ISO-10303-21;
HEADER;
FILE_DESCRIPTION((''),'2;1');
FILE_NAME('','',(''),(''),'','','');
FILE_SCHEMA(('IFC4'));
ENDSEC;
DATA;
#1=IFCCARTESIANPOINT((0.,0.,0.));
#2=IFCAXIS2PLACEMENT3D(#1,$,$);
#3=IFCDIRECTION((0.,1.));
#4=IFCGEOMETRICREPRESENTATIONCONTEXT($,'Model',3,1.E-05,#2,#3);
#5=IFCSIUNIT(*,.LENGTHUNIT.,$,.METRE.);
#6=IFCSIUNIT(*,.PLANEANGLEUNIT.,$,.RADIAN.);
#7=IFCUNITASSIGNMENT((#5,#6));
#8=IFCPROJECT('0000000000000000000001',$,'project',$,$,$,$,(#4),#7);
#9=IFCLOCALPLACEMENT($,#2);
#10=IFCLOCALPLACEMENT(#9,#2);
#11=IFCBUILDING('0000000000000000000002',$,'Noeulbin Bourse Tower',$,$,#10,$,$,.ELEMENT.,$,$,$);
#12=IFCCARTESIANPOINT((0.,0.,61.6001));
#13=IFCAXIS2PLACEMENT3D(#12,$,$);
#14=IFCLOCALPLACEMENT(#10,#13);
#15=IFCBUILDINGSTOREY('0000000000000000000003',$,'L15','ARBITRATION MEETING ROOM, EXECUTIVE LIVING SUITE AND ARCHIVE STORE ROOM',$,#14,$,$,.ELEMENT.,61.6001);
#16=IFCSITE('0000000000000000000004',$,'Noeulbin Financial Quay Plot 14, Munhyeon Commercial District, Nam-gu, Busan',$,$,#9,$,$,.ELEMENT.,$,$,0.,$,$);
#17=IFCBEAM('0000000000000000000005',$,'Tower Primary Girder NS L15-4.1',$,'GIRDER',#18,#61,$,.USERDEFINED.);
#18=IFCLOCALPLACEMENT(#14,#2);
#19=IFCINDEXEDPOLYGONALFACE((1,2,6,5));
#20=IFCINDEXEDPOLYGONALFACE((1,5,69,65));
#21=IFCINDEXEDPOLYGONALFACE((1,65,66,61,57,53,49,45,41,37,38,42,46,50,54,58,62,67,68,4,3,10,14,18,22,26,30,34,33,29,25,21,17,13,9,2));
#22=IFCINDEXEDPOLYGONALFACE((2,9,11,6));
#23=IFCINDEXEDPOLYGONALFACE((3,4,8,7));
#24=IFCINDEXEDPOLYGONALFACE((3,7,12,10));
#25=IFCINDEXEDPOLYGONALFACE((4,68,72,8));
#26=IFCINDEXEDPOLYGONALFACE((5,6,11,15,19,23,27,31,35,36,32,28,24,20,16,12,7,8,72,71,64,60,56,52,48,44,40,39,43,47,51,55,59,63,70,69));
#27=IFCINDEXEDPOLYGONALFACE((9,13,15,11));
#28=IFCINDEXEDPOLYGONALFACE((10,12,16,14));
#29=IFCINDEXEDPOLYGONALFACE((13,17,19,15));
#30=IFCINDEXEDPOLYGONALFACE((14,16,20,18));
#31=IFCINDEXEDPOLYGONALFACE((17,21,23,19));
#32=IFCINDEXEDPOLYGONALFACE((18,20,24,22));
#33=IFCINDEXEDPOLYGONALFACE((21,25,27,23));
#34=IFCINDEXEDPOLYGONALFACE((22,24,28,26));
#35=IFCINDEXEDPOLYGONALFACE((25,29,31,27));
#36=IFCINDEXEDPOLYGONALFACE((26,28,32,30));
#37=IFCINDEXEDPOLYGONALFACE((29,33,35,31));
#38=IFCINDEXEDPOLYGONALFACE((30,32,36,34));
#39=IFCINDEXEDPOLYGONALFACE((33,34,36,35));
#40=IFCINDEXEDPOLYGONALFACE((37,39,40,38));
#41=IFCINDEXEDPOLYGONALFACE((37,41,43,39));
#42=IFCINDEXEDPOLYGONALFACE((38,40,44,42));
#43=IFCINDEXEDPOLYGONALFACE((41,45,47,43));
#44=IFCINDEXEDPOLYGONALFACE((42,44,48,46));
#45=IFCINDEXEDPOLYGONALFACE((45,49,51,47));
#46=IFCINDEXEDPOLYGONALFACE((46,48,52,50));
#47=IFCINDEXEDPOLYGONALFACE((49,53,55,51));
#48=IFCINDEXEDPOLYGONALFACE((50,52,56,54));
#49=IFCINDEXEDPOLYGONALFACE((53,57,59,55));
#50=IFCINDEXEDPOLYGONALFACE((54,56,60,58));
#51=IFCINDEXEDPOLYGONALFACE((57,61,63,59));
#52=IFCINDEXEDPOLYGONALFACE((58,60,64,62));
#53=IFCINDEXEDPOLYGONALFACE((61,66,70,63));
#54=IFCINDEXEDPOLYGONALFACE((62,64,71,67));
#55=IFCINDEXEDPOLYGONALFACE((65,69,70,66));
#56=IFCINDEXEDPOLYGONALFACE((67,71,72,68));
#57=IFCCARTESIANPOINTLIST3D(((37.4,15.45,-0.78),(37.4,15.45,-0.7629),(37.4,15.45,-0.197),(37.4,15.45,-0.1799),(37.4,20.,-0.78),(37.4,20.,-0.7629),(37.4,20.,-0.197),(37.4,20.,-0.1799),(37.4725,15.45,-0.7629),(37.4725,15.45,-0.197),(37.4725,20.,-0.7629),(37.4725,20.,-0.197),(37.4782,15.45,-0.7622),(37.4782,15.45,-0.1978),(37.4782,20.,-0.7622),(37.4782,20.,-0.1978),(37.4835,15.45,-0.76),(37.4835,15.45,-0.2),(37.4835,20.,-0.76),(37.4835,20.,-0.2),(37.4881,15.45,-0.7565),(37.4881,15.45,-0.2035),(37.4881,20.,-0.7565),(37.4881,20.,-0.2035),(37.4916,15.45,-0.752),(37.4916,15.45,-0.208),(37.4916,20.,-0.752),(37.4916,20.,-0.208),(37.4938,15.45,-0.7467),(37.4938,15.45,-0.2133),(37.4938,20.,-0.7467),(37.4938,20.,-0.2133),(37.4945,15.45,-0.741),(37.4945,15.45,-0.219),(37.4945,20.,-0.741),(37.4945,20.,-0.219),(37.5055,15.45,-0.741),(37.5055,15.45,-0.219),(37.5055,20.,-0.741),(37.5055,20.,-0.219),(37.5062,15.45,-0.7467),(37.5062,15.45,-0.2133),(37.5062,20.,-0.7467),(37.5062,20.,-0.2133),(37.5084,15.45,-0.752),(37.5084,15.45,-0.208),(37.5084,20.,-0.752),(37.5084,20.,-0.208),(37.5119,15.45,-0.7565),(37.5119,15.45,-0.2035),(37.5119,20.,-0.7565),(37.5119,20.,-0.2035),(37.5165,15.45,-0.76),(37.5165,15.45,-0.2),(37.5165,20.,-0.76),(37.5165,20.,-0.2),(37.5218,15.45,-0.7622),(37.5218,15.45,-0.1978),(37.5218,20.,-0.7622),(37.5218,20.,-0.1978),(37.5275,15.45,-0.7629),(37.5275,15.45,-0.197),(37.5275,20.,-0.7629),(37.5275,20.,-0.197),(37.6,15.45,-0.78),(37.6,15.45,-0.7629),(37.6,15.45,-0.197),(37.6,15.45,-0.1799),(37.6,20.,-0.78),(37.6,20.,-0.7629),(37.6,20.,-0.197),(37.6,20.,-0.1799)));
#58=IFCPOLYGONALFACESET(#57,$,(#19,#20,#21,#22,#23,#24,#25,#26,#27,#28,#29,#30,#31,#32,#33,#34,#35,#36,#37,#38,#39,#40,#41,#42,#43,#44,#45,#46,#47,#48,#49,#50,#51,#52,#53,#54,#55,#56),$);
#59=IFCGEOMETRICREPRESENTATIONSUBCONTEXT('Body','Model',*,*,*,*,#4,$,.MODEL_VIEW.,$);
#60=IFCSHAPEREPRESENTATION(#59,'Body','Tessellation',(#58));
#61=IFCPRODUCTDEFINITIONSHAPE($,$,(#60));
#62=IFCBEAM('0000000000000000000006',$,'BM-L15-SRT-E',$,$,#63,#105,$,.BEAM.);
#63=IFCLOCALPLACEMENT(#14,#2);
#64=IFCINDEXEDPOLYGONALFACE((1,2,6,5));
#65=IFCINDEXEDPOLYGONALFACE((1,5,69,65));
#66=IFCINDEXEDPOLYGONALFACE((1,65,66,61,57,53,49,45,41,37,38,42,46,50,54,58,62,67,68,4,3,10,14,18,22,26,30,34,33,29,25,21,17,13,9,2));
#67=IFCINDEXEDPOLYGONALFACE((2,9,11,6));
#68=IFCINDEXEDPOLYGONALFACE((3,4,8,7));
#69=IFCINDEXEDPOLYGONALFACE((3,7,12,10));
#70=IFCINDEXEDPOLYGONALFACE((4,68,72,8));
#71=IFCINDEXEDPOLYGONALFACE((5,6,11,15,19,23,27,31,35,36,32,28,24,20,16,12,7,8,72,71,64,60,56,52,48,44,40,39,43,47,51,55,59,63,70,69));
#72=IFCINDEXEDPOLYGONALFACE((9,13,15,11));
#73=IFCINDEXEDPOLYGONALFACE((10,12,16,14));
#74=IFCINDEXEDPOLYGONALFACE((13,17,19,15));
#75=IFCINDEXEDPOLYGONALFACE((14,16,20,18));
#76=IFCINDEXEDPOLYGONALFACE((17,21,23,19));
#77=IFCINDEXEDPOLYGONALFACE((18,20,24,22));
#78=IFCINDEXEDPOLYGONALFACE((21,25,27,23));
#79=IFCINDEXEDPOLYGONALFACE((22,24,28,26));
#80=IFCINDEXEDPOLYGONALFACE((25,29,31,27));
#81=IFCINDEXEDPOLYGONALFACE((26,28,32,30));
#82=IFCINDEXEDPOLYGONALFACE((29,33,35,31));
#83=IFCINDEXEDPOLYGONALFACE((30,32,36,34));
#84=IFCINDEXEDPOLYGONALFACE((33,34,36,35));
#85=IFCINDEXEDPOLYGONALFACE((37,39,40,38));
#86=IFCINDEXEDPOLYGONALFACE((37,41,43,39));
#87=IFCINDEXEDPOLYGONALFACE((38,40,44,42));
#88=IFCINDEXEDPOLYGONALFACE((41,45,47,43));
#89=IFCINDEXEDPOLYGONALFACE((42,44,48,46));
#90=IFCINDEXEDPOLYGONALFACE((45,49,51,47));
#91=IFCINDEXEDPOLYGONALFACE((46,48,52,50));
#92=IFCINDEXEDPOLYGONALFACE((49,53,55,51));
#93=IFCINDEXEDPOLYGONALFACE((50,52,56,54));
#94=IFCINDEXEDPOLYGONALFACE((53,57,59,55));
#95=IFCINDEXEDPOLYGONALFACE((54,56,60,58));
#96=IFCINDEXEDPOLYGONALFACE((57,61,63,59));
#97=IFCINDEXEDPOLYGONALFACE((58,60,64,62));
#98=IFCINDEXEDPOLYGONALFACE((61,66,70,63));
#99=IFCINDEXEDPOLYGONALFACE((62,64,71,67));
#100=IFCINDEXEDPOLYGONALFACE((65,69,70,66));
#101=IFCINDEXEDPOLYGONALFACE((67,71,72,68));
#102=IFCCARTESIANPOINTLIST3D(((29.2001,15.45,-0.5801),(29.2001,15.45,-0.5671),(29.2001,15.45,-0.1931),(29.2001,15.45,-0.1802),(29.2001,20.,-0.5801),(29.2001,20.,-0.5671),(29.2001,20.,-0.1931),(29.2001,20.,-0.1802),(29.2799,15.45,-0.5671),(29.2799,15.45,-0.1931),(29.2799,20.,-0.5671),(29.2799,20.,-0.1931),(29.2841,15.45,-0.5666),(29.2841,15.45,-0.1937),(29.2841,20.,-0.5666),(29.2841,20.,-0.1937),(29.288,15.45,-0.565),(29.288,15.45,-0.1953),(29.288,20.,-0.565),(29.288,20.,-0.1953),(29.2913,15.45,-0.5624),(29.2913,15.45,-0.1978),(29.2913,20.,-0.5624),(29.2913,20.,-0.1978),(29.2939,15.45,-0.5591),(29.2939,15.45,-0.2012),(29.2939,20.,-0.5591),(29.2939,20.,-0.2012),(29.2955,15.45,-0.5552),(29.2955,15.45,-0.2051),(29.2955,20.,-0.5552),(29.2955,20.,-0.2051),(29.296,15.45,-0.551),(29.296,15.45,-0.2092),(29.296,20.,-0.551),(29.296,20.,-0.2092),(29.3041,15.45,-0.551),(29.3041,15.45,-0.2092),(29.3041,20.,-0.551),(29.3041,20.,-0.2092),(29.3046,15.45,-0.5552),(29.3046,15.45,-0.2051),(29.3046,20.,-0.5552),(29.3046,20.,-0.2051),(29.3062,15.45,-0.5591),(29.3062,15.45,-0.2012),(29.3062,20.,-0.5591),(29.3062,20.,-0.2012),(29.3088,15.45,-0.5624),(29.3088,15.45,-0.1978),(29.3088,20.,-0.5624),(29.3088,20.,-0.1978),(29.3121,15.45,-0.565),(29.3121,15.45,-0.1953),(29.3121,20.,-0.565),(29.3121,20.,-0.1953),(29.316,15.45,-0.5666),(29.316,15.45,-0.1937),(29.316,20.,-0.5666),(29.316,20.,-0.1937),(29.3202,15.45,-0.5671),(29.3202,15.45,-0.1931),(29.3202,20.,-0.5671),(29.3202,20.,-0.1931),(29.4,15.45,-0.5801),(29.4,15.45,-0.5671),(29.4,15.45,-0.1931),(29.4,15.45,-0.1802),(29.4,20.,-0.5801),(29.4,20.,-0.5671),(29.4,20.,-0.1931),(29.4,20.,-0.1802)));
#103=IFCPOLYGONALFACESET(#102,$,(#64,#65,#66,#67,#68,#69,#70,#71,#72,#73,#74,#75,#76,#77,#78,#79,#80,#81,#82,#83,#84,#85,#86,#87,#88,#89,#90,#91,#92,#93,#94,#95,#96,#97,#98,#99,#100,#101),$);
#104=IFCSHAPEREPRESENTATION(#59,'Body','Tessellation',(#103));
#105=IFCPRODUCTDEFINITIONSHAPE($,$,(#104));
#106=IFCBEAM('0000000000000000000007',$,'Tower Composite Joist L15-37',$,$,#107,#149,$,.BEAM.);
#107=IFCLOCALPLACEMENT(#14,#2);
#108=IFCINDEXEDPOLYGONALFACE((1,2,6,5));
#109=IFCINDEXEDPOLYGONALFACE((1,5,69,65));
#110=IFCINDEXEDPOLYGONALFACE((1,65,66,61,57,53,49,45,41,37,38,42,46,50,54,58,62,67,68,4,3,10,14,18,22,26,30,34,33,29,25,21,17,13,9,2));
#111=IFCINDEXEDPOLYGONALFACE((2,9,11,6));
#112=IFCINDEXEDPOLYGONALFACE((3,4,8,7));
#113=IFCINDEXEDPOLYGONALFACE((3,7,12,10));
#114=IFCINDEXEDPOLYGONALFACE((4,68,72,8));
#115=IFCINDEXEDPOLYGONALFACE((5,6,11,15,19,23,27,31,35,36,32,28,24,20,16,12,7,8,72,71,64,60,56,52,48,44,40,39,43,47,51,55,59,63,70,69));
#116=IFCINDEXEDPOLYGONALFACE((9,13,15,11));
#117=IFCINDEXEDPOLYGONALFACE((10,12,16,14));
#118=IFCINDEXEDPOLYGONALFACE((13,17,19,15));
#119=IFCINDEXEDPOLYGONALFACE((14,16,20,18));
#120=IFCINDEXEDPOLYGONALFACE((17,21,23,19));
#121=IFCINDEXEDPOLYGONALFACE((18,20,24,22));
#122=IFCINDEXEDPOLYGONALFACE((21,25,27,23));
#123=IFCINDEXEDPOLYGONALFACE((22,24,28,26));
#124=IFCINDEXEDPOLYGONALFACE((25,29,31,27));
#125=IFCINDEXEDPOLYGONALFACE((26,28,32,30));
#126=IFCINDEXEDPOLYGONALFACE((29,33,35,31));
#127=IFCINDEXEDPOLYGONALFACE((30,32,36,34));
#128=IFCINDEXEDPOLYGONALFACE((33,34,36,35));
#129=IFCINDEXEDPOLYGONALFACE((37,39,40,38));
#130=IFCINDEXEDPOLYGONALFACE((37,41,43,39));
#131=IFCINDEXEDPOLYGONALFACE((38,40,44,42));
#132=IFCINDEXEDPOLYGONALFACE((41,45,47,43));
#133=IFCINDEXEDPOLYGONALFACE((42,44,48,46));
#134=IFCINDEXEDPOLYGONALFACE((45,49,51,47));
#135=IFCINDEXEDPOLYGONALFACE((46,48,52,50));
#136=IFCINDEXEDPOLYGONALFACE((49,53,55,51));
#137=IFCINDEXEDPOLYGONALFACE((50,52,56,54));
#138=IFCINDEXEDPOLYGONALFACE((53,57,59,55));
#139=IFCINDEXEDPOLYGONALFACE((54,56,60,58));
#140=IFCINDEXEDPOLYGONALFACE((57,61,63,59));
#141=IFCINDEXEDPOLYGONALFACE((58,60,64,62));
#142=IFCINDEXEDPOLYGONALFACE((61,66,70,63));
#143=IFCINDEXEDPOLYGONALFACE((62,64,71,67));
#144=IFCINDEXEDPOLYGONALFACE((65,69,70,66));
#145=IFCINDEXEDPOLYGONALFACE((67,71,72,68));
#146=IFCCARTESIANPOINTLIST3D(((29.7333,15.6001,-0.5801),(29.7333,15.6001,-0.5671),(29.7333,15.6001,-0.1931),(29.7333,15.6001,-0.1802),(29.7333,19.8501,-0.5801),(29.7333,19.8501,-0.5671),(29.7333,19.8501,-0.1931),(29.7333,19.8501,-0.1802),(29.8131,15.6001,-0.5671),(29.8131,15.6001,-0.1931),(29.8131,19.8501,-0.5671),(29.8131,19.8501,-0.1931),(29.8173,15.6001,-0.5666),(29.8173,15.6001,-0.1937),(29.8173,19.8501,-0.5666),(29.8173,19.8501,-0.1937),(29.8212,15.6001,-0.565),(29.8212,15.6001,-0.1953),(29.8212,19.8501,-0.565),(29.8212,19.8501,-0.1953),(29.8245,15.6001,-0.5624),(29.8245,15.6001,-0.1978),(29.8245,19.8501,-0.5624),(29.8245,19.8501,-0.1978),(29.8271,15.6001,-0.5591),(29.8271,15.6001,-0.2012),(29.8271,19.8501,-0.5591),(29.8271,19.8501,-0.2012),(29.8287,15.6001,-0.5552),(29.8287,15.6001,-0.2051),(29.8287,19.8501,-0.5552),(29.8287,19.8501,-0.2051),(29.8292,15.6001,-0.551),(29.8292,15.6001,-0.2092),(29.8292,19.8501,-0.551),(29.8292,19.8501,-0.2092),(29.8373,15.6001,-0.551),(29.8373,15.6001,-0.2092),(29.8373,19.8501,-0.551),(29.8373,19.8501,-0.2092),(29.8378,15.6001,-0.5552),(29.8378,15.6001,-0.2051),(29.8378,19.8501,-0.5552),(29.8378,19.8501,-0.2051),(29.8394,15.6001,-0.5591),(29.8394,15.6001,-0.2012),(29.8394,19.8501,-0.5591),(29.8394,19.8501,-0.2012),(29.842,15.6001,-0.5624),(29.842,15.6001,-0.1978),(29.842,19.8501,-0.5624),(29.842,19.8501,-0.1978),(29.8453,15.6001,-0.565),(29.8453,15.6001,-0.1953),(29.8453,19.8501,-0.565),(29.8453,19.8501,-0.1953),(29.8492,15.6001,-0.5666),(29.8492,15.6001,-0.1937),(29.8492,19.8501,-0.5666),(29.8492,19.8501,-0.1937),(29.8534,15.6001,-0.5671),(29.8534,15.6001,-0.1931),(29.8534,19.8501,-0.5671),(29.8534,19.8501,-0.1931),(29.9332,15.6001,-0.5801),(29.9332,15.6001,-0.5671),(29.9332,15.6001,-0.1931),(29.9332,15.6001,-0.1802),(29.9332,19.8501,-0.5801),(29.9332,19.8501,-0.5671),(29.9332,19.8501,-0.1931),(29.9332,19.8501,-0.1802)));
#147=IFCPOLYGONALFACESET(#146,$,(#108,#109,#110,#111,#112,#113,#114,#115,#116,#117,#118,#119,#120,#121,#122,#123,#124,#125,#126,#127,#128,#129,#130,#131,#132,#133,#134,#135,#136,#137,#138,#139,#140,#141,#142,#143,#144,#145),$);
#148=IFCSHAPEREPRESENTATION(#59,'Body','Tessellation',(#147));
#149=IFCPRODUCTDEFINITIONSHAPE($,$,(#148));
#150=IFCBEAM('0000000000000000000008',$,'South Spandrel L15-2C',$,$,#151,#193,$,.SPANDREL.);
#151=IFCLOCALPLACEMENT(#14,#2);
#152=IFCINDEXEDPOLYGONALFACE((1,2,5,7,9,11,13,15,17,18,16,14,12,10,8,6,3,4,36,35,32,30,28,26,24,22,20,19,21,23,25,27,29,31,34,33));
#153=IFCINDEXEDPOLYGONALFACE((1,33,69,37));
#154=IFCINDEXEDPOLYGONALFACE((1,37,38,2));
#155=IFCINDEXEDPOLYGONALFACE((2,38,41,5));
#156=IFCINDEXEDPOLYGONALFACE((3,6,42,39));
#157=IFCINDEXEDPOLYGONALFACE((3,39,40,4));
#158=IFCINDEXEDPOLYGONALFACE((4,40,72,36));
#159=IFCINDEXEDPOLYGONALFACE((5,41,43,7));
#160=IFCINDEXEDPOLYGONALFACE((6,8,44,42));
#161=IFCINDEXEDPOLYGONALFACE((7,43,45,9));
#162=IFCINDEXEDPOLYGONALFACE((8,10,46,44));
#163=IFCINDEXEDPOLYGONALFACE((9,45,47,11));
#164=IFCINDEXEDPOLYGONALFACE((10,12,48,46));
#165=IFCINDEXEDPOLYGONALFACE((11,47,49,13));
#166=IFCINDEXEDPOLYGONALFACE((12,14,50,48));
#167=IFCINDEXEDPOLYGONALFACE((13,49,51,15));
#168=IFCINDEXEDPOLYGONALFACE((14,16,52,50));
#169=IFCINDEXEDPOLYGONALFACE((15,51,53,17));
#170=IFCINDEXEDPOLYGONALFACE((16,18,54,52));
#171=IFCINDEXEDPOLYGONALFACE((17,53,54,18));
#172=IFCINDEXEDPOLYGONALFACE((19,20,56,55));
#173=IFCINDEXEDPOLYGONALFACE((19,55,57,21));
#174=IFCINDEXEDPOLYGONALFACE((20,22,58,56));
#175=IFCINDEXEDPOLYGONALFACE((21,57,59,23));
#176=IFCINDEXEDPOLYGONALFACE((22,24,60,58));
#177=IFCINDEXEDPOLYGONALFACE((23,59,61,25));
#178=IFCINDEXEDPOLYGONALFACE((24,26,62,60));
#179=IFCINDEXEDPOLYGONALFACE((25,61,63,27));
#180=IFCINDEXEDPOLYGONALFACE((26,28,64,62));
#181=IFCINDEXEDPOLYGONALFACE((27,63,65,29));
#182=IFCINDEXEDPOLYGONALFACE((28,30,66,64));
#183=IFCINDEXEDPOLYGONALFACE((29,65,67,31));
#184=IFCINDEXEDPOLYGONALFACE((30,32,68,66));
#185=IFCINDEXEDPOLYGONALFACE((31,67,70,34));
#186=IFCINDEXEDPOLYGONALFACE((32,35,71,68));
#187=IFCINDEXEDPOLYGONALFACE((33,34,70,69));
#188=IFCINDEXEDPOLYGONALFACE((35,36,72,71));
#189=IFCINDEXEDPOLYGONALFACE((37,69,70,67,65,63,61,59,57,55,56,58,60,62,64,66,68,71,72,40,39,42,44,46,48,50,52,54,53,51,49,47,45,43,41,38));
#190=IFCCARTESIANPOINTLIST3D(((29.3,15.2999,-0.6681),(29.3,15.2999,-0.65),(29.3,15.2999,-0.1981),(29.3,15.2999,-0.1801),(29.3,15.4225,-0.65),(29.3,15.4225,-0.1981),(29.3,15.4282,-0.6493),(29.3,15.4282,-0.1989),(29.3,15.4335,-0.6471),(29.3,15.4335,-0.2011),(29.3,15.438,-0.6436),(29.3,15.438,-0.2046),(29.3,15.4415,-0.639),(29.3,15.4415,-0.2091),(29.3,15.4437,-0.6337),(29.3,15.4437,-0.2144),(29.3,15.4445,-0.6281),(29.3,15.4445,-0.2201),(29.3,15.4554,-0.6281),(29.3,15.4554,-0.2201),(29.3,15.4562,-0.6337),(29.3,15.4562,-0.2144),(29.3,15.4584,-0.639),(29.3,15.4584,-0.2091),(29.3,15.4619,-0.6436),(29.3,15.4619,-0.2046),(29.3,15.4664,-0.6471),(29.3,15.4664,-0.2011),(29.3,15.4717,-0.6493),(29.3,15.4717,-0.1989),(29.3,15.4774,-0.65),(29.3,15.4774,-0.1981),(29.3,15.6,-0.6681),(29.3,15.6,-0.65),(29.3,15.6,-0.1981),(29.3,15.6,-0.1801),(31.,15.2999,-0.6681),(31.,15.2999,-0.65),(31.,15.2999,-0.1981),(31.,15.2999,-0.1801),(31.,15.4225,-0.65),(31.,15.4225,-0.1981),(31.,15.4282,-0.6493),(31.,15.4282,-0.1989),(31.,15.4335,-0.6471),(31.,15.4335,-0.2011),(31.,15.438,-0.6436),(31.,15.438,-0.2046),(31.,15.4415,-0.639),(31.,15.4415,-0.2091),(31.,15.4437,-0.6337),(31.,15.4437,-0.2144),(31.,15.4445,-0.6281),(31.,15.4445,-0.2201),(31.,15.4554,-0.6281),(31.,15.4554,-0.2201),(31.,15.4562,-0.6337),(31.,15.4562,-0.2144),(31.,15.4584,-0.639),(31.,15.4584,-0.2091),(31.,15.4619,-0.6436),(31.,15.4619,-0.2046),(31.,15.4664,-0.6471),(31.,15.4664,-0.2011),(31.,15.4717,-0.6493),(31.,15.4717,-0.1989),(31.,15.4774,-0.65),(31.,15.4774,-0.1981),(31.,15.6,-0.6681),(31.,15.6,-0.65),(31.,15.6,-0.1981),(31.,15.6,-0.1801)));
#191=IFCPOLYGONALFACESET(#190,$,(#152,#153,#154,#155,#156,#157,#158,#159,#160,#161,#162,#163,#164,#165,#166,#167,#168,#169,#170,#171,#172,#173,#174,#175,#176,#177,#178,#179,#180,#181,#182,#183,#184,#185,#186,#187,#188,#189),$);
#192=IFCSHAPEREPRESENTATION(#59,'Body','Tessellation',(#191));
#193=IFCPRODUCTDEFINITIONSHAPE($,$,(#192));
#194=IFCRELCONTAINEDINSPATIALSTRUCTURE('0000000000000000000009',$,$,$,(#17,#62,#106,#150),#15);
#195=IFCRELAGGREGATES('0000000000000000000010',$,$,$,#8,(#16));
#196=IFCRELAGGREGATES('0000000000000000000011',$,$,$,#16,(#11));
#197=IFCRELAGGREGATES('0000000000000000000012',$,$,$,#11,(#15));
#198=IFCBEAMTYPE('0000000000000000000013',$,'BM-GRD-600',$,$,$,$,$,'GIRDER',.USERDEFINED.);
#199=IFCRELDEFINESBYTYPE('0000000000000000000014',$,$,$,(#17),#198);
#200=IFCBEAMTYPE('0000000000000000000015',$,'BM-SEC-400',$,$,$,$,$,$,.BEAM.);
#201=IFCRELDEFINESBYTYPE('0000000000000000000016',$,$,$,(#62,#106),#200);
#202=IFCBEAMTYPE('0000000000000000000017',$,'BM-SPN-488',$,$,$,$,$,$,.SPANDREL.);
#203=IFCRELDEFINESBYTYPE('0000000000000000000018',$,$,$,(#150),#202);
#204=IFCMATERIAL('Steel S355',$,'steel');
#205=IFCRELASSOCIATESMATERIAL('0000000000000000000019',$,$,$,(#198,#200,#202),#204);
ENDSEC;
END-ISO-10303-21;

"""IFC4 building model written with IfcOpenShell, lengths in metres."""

from ifc_helpers import new_model, si_unit, direction, frame, origin, origin_2d, place, context, subcontext, project, spatial, i_section, extrude, material, material_profile, profile_set, type_object, element, save


model = new_model("IFC4")

# Units and contexts
model_context = context("Model", 3, precision=1e-05, world=origin(), true_north=direction((0.0, 1.0)))
body_context = subcontext(model_context, "Body", "Model", "MODEL_VIEW")
ifc_project = project(units=[si_unit("LENGTHUNIT", "METRE"), si_unit("PLANEANGLEUNIT", "RADIAN")], contexts=[model_context])

# Site, building, storey
site_placement = place(None, origin())
site = spatial("IfcSite", under=ifc_project, at=site_placement, Name="Noeulbin Financial Quay Plot 14, Munhyeon Commercial District, Nam-gu, Busan", CompositionType="ELEMENT", RefElevation=0.0)
building_placement = place(site_placement, origin())
building = spatial("IfcBuilding", under=site, at=building_placement, Name="Noeulbin Bourse Tower", CompositionType="ELEMENT")
storey_placement = place(building_placement, frame((0.0, 0.0, 61.6001)))
storey = spatial("IfcBuildingStorey", under=building, at=storey_placement, Name="L15", Description="ARBITRATION MEETING ROOM, EXECUTIVE LIVING SUITE AND ARCHIVE STORE ROOM", CompositionType="ELEMENT", Elevation=61.6001)

# Beams
ifc_material_1 = material(Name="Steel S355", Category="steel")
ifc_material_profile_1 = material_profile(ifc_material_1, i_section(OverallWidth=0.2, OverallDepth=0.6001, WebThickness=0.011, FlangeThickness=0.0171, FilletRadius=0.022, at=origin_2d()), Name="H-600x200x11x17", Category="LoadBearing")
ifc_profile_set_1 = profile_set([ifc_material_profile_1], Name="Steel S355")
beam_type_1 = type_object("IfcBeamType", Name="BM-GRD-600", ElementType="GIRDER", PredefinedType="USERDEFINED", material=ifc_profile_set_1)
for number, where, z_axis, x_axis, name in (
    (1, (37.5, 15.45, -0.48), (0.0, 1.0, 0.0), (-1.0, 0.0, 0.0), "Tower Primary Girder NS L15-4.1"),
):
    element("IfcBeam", number, at=place(storey_placement, frame(where, z_axis=z_axis, x_axis=x_axis)), inside=storey, type_object=beam_type_1, Name=name, ObjectType="GIRDER", PredefinedType="USERDEFINED", context=body_context, shape_type="SweptSolid", body=[
        extrude(i_section(OverallWidth=0.2, OverallDepth=0.6001, WebThickness=0.011, FlangeThickness=0.0171, FilletRadius=0.022, at=origin_2d()), origin(), (0.0, 0.0, 1.0), 4.55),
    ])
ifc_material_profile_2 = material_profile(ifc_material_1, i_section(OverallWidth=0.2, OverallDepth=0.3999, WebThickness=0.0081, FlangeThickness=0.0129, FilletRadius=0.0161, at=origin_2d()), Name="H-400x200x8x13", Category="LoadBearing")
ifc_profile_set_2 = profile_set([ifc_material_profile_2], Name="Steel S355")
beam_type_2 = type_object("IfcBeamType", Name="BM-SEC-400", PredefinedType="BEAM", material=ifc_profile_set_2)
beam_1_placement = place(storey_placement, frame((29.3, 15.45, -0.3801), z_axis=(0.0, 1.0, 0.0), x_axis=(-1.0, 0.0, 0.0)))
element("IfcBeam", 2, at=beam_1_placement, inside=storey, type_object=beam_type_2, Name="BM-L15-SRT-E", PredefinedType="BEAM", context=body_context, shape_type="SweptSolid", body=[
    extrude(i_section(OverallWidth=0.2, OverallDepth=0.3999, WebThickness=0.0081, FlangeThickness=0.0129, FilletRadius=0.0161, at=origin_2d()), origin(), (0.0, 0.0, 1.0), 4.55),
])
beam_2_placement = place(storey_placement, frame((29.8333, 15.6001, -0.3801), z_axis=(0.0, 1.0, 0.0), x_axis=(-1.0, 0.0, 0.0)))
element("IfcBeam", 3, at=beam_2_placement, inside=storey, type_object=beam_type_2, Name="Tower Composite Joist L15-37", PredefinedType="BEAM", context=body_context, shape_type="SweptSolid", body=[
    extrude(i_section(OverallWidth=0.2, OverallDepth=0.3999, WebThickness=0.0081, FlangeThickness=0.0129, FilletRadius=0.0161, at=origin_2d()), origin(), (0.0, 0.0, 1.0), 4.25),
])
ifc_material_profile_3 = material_profile(ifc_material_1, i_section(OverallWidth=0.3, OverallDepth=0.488, WebThickness=0.011, FlangeThickness=0.0181, FilletRadius=0.022, at=origin_2d()), Name="H-488x300x11x18", Category="LoadBearing")
ifc_profile_set_3 = profile_set([ifc_material_profile_3], Name="Steel S355")
beam_type_3 = type_object("IfcBeamType", Name="BM-SPN-488", PredefinedType="SPANDREL", material=ifc_profile_set_3)
beam_3_placement = place(storey_placement, frame((29.3, 15.45, -0.4241), z_axis=(1.0, 0.0, 0.0), x_axis=(0.0, 1.0, 0.0)))
element("IfcBeam", 4, at=beam_3_placement, inside=storey, type_object=beam_type_3, Name="South Spandrel L15-2C", PredefinedType="SPANDREL", context=body_context, shape_type="SweptSolid", body=[
    extrude(i_section(OverallWidth=0.3, OverallDepth=0.488, WebThickness=0.011, FlangeThickness=0.0181, FilletRadius=0.022, at=origin_2d()), origin(), (0.0, 0.0, 1.0), 1.7),
])

save(model, "model.ifc")
